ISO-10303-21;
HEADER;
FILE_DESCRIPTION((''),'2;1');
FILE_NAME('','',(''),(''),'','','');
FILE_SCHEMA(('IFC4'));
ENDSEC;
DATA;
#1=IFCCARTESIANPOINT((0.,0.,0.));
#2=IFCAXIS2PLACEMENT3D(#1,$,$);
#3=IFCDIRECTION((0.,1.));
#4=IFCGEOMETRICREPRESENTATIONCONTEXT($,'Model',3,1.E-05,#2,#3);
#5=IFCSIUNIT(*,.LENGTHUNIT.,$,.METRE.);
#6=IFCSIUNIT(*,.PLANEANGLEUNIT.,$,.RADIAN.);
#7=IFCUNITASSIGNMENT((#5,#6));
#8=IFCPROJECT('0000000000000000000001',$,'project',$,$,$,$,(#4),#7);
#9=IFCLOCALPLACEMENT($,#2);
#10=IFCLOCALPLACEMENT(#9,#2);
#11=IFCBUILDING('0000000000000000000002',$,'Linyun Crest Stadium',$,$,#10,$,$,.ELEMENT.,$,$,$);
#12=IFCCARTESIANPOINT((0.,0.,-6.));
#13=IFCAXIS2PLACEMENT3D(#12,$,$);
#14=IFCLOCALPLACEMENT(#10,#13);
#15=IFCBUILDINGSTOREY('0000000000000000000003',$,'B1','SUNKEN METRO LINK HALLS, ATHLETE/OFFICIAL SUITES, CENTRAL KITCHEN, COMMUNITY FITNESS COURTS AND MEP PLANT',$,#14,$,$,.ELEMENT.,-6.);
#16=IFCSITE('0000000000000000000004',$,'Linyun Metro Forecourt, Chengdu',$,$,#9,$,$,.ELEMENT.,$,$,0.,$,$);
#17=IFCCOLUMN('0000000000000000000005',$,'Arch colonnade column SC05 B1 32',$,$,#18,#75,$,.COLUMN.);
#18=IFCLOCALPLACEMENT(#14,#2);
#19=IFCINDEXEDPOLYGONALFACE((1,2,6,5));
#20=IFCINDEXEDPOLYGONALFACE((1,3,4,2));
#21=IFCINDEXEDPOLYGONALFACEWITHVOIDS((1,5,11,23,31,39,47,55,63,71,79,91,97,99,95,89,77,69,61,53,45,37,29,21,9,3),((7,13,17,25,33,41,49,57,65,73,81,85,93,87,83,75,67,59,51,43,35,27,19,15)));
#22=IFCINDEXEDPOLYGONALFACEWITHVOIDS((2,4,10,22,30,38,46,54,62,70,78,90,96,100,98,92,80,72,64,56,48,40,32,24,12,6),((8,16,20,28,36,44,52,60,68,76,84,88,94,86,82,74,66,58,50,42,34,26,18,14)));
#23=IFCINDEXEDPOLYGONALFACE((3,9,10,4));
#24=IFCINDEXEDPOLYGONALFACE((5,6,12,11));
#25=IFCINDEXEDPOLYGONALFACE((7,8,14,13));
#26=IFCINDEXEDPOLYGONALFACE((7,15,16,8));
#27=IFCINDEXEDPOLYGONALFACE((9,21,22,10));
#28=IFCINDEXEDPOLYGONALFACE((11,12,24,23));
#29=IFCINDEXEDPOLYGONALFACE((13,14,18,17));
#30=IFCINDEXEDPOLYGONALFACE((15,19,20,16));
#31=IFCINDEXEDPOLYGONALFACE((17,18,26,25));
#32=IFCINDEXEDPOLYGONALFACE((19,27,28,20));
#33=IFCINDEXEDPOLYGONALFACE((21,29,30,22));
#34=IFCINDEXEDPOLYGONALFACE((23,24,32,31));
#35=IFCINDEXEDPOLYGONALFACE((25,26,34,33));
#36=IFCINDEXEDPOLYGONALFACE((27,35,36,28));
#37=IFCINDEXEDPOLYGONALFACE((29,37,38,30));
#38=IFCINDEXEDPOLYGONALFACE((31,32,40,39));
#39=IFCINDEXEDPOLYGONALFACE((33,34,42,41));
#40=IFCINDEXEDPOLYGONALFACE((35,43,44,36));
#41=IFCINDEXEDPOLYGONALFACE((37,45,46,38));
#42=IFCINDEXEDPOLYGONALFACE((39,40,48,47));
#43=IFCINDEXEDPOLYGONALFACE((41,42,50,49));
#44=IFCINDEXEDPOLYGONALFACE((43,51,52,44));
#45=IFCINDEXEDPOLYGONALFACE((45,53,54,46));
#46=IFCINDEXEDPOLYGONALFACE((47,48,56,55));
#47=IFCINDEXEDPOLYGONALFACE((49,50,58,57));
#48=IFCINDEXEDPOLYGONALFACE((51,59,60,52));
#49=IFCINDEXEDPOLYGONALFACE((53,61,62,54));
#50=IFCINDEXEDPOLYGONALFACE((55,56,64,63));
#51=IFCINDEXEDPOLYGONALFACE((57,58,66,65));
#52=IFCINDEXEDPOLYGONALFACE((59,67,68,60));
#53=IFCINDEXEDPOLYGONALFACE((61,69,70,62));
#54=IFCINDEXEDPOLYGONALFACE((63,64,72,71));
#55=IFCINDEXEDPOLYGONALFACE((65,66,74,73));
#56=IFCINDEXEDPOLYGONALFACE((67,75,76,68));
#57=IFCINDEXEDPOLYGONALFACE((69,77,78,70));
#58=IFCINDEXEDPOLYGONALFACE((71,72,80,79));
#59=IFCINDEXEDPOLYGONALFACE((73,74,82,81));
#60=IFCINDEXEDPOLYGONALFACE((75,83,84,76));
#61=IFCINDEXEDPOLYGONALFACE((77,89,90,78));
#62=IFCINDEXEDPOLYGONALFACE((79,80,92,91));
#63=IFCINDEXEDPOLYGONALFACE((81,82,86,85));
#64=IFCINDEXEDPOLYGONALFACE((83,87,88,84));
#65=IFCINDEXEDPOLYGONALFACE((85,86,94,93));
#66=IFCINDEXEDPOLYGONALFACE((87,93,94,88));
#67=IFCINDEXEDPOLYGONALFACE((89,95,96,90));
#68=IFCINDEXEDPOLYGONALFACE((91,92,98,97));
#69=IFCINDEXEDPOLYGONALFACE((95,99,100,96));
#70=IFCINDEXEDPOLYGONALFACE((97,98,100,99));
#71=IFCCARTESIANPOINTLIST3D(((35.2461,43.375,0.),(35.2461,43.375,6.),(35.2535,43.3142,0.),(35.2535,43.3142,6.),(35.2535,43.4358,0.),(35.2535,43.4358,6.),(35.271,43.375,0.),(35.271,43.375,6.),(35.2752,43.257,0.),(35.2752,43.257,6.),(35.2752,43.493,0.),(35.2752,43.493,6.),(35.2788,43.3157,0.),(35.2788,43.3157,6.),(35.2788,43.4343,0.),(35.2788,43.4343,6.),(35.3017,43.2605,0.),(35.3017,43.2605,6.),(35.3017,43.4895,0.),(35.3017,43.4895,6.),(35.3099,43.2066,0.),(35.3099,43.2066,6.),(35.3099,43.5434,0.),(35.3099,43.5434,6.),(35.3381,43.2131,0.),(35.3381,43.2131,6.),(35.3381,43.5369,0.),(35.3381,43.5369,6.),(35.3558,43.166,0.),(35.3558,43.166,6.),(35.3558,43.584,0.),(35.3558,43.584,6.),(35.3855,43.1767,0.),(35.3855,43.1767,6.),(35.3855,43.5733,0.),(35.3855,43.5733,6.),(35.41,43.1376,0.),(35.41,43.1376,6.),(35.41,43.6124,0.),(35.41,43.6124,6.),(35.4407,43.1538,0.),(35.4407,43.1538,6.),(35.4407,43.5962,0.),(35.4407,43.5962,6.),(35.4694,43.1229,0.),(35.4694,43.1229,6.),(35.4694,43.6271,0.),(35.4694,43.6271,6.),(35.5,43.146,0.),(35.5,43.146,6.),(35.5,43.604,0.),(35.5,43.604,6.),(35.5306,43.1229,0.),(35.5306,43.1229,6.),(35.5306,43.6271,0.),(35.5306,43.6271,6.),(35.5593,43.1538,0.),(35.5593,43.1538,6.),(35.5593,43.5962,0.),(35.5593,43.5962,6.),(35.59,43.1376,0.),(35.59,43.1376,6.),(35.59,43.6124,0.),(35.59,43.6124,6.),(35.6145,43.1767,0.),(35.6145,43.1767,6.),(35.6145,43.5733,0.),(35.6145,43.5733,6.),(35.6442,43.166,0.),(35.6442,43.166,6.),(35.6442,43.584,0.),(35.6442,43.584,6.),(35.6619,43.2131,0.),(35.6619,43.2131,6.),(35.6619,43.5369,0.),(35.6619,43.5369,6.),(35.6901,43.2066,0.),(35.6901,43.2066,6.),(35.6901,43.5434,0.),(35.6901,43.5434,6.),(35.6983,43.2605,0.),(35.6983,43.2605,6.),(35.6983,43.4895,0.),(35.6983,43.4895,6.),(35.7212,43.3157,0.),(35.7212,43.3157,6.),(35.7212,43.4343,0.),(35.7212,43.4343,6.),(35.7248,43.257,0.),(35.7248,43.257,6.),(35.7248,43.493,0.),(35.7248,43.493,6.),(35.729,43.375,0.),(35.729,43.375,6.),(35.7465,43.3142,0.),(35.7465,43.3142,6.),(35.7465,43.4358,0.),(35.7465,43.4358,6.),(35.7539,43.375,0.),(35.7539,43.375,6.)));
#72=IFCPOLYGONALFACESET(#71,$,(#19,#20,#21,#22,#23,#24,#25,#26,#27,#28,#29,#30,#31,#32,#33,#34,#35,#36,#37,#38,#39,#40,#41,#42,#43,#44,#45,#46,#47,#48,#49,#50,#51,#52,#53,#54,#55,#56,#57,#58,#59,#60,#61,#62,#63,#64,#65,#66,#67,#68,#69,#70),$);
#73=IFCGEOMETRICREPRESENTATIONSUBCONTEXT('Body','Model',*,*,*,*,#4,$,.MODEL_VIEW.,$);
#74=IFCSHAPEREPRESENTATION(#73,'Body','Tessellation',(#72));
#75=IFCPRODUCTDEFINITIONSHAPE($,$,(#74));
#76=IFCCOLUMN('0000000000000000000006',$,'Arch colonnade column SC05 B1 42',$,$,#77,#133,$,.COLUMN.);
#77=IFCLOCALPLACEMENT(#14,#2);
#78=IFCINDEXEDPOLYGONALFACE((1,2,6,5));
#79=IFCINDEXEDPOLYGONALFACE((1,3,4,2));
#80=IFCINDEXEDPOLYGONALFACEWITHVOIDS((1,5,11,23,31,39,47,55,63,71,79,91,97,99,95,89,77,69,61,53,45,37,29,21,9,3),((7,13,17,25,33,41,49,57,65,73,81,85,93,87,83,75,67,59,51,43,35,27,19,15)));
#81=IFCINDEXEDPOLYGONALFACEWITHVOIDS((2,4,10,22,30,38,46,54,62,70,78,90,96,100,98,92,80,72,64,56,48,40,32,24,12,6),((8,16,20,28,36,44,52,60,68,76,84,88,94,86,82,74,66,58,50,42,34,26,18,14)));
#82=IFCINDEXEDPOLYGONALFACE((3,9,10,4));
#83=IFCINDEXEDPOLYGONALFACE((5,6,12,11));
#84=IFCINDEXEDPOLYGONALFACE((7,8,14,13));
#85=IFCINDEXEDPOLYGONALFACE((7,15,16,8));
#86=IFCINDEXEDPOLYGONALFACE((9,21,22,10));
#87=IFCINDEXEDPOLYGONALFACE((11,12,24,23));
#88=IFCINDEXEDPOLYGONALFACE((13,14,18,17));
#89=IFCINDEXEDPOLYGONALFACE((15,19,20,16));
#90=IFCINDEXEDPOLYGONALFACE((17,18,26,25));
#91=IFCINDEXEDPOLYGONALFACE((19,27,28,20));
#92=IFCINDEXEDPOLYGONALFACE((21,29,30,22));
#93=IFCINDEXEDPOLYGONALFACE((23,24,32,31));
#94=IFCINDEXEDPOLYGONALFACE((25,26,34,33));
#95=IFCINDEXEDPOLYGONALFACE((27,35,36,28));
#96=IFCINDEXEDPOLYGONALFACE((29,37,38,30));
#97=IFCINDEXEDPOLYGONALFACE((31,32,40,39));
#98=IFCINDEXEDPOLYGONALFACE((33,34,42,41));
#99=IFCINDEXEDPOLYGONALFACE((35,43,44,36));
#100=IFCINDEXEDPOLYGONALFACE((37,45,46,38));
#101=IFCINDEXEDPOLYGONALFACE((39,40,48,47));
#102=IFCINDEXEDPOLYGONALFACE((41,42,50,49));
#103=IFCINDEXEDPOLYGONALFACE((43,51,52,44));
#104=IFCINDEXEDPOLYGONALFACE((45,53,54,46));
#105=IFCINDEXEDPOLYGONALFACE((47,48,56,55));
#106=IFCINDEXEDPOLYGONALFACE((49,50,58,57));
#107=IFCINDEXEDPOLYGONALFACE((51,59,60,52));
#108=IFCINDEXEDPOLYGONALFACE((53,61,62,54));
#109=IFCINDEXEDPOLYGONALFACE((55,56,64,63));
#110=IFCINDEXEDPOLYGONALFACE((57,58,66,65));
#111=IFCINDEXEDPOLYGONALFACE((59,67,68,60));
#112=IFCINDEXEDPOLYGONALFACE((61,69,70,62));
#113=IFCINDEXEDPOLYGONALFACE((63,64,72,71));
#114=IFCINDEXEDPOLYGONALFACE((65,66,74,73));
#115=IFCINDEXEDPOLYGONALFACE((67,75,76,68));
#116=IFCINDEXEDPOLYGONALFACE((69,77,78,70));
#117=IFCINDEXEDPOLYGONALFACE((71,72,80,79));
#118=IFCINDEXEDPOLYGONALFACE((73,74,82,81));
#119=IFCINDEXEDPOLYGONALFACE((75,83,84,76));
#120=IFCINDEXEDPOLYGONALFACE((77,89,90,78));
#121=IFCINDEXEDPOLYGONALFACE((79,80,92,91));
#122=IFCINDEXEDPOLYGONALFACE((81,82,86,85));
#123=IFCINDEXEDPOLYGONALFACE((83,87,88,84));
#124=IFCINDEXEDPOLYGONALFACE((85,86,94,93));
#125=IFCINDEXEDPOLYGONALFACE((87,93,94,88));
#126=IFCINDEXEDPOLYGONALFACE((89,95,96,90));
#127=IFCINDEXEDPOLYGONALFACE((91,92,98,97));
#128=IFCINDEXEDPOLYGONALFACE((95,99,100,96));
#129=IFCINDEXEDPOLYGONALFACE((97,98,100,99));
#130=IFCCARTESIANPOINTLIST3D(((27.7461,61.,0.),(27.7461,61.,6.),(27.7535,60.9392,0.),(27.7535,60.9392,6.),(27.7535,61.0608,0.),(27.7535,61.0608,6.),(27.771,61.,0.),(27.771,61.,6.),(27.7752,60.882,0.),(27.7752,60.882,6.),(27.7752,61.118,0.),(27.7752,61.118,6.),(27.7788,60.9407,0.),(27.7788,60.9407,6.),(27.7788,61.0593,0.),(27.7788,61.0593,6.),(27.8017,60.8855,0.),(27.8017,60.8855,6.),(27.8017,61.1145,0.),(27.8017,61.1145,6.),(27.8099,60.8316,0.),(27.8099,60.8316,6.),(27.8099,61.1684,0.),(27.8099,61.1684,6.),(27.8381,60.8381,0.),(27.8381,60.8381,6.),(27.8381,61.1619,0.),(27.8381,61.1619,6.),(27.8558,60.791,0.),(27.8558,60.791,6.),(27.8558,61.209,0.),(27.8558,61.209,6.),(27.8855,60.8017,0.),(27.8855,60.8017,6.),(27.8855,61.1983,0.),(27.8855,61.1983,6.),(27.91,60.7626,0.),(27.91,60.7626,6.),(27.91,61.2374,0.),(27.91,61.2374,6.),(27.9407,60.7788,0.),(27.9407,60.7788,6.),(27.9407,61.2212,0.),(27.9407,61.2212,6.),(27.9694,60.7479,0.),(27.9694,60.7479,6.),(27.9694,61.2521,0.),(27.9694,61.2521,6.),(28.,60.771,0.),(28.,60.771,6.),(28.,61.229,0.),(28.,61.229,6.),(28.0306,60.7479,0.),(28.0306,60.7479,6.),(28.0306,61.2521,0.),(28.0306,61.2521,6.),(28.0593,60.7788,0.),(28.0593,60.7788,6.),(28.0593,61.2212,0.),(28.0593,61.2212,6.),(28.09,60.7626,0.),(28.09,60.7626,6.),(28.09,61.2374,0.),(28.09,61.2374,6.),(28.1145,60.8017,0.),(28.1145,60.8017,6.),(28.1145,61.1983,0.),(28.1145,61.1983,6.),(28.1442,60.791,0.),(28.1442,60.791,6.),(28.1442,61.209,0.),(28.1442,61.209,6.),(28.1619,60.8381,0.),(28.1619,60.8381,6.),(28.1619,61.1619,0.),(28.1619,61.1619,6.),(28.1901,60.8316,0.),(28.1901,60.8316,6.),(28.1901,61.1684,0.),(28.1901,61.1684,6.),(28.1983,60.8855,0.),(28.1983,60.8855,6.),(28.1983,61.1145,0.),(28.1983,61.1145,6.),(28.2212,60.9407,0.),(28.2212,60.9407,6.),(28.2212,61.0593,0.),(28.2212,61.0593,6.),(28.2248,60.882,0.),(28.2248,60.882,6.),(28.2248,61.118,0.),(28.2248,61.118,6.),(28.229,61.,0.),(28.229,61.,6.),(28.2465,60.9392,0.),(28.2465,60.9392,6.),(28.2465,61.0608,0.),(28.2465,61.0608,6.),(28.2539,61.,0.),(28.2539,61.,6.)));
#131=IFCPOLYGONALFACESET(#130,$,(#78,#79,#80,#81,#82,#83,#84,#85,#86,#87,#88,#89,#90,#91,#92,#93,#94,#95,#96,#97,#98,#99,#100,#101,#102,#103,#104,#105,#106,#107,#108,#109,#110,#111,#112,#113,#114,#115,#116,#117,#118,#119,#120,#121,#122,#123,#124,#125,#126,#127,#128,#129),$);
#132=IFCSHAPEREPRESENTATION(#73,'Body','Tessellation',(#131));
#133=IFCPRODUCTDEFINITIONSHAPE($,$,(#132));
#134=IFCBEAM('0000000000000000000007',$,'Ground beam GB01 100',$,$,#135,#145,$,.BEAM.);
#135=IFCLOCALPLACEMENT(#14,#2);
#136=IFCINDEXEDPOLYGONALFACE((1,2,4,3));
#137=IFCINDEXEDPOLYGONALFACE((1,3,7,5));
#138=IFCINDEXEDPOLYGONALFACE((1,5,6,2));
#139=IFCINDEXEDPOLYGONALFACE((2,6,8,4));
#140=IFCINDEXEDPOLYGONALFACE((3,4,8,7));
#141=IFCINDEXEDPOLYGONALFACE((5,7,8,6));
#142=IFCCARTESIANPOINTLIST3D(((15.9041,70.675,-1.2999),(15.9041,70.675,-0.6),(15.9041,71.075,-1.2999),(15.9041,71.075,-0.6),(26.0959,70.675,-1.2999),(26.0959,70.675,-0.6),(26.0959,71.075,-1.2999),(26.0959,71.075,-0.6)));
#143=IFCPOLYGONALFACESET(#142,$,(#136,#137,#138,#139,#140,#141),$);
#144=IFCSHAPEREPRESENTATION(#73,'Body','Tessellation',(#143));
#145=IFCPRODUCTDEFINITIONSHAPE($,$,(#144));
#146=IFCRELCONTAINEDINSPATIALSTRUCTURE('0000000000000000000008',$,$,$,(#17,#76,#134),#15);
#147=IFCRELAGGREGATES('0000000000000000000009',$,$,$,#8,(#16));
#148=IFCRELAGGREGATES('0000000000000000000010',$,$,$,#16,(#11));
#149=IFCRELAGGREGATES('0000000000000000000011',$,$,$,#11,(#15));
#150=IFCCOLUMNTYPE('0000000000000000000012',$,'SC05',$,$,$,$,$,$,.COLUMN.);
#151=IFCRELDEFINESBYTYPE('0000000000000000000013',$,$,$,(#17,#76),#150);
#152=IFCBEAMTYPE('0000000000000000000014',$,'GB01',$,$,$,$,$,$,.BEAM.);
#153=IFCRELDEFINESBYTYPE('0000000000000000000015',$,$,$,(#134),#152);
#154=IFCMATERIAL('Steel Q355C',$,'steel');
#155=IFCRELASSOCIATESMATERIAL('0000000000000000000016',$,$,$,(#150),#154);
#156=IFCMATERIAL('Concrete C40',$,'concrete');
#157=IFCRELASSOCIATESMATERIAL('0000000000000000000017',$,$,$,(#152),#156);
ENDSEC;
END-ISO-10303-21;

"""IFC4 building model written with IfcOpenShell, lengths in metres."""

from ifc_helpers import new_model, si_unit, direction, frame, origin, origin_2d, place, context, subcontext, project, spatial, rectangle, hollow_circle, extrude, material, material_profile, profile_set, type_object, element, save


model = new_model("IFC4")

# Units and contexts
model_context = context("Model", 3, precision=1e-05, world=origin(), true_north=direction((0.0, 1.0)))
body_context = subcontext(model_context, "Body", "Model", "MODEL_VIEW")
ifc_project = project(units=[si_unit("LENGTHUNIT", "METRE"), si_unit("PLANEANGLEUNIT", "RADIAN")], contexts=[model_context])

# Site, building, storey
site_placement = place(None, origin())
site = spatial("IfcSite", under=ifc_project, at=site_placement, Name="Linyun Metro Forecourt, Chengdu", CompositionType="ELEMENT", RefElevation=0.0)
building_placement = place(site_placement, origin())
building = spatial("IfcBuilding", under=site, at=building_placement, Name="Linyun Crest Stadium", CompositionType="ELEMENT")
storey_placement = place(building_placement, frame((0.0, 0.0, -6.0)))
storey = spatial("IfcBuildingStorey", under=building, at=storey_placement, Name="B1", Description="SUNKEN METRO LINK HALLS, ATHLETE/OFFICIAL SUITES, CENTRAL KITCHEN, COMMUNITY FITNESS COURTS AND MEP PLANT", CompositionType="ELEMENT", Elevation=-6.0)

# Columns
ifc_material_1 = material(Name="Steel Q355C", Category="steel")
ifc_material_profile_1 = material_profile(ifc_material_1, hollow_circle(Radius=0.2539, WallThickness=0.0249, at=origin_2d()), Name="CHS 508x25")
ifc_profile_set_1 = profile_set([ifc_material_profile_1], Name="Steel Q355C")
column_type_1 = type_object("IfcColumnType", Name="SC05", PredefinedType="COLUMN", material=ifc_profile_set_1)
for number, where, z_axis, x_axis, name in (
    (1, (35.5, 43.375, 0.0), (0.0, 0.0, 1.0), (1.0, 0.0, 0.0), "Arch colonnade column SC05 B1 32"),
    (2, (28.0, 61.0, 0.0), (0.0, 0.0, 1.0), (1.0, 0.0, 0.0), "Arch colonnade column SC05 B1 42"),
):
    element("IfcColumn", number, at=place(storey_placement, frame(where, z_axis=z_axis, x_axis=x_axis)), inside=storey, type_object=column_type_1, Name=name, PredefinedType="COLUMN", context=body_context, shape_type="SweptSolid", body=[
        extrude(hollow_circle(Radius=0.2539, WallThickness=0.0249, at=origin_2d()), origin(), (0.0, 0.0, 1.0), 6.0),
    ])

# Beam
ifc_material_2 = material(Name="Concrete C40", Category="concrete")
ifc_material_profile_2 = material_profile(ifc_material_2, rectangle(XDim=0.3999, YDim=0.7, at=origin_2d()), Name="RCB 700x400")
ifc_profile_set_2 = profile_set([ifc_material_profile_2], Name="Concrete C40")
beam_type = type_object("IfcBeamType", Name="GB01", PredefinedType="BEAM", material=ifc_profile_set_2)
beam_placement = place(storey_placement, frame((15.9041, 70.875, -0.95), z_axis=(1.0, 0.0, 0.0), x_axis=(0.0, 1.0, 0.0)))
element("IfcBeam", 3, at=beam_placement, inside=storey, type_object=beam_type, Name="Ground beam GB01 100", PredefinedType="BEAM", context=body_context, shape_type="SweptSolid", body=[
    extrude(rectangle(XDim=0.3999, YDim=0.7, at=origin_2d()), origin(), (0.0, 0.0, 1.0), 10.1919),
])

save(model, "model.ifc")
